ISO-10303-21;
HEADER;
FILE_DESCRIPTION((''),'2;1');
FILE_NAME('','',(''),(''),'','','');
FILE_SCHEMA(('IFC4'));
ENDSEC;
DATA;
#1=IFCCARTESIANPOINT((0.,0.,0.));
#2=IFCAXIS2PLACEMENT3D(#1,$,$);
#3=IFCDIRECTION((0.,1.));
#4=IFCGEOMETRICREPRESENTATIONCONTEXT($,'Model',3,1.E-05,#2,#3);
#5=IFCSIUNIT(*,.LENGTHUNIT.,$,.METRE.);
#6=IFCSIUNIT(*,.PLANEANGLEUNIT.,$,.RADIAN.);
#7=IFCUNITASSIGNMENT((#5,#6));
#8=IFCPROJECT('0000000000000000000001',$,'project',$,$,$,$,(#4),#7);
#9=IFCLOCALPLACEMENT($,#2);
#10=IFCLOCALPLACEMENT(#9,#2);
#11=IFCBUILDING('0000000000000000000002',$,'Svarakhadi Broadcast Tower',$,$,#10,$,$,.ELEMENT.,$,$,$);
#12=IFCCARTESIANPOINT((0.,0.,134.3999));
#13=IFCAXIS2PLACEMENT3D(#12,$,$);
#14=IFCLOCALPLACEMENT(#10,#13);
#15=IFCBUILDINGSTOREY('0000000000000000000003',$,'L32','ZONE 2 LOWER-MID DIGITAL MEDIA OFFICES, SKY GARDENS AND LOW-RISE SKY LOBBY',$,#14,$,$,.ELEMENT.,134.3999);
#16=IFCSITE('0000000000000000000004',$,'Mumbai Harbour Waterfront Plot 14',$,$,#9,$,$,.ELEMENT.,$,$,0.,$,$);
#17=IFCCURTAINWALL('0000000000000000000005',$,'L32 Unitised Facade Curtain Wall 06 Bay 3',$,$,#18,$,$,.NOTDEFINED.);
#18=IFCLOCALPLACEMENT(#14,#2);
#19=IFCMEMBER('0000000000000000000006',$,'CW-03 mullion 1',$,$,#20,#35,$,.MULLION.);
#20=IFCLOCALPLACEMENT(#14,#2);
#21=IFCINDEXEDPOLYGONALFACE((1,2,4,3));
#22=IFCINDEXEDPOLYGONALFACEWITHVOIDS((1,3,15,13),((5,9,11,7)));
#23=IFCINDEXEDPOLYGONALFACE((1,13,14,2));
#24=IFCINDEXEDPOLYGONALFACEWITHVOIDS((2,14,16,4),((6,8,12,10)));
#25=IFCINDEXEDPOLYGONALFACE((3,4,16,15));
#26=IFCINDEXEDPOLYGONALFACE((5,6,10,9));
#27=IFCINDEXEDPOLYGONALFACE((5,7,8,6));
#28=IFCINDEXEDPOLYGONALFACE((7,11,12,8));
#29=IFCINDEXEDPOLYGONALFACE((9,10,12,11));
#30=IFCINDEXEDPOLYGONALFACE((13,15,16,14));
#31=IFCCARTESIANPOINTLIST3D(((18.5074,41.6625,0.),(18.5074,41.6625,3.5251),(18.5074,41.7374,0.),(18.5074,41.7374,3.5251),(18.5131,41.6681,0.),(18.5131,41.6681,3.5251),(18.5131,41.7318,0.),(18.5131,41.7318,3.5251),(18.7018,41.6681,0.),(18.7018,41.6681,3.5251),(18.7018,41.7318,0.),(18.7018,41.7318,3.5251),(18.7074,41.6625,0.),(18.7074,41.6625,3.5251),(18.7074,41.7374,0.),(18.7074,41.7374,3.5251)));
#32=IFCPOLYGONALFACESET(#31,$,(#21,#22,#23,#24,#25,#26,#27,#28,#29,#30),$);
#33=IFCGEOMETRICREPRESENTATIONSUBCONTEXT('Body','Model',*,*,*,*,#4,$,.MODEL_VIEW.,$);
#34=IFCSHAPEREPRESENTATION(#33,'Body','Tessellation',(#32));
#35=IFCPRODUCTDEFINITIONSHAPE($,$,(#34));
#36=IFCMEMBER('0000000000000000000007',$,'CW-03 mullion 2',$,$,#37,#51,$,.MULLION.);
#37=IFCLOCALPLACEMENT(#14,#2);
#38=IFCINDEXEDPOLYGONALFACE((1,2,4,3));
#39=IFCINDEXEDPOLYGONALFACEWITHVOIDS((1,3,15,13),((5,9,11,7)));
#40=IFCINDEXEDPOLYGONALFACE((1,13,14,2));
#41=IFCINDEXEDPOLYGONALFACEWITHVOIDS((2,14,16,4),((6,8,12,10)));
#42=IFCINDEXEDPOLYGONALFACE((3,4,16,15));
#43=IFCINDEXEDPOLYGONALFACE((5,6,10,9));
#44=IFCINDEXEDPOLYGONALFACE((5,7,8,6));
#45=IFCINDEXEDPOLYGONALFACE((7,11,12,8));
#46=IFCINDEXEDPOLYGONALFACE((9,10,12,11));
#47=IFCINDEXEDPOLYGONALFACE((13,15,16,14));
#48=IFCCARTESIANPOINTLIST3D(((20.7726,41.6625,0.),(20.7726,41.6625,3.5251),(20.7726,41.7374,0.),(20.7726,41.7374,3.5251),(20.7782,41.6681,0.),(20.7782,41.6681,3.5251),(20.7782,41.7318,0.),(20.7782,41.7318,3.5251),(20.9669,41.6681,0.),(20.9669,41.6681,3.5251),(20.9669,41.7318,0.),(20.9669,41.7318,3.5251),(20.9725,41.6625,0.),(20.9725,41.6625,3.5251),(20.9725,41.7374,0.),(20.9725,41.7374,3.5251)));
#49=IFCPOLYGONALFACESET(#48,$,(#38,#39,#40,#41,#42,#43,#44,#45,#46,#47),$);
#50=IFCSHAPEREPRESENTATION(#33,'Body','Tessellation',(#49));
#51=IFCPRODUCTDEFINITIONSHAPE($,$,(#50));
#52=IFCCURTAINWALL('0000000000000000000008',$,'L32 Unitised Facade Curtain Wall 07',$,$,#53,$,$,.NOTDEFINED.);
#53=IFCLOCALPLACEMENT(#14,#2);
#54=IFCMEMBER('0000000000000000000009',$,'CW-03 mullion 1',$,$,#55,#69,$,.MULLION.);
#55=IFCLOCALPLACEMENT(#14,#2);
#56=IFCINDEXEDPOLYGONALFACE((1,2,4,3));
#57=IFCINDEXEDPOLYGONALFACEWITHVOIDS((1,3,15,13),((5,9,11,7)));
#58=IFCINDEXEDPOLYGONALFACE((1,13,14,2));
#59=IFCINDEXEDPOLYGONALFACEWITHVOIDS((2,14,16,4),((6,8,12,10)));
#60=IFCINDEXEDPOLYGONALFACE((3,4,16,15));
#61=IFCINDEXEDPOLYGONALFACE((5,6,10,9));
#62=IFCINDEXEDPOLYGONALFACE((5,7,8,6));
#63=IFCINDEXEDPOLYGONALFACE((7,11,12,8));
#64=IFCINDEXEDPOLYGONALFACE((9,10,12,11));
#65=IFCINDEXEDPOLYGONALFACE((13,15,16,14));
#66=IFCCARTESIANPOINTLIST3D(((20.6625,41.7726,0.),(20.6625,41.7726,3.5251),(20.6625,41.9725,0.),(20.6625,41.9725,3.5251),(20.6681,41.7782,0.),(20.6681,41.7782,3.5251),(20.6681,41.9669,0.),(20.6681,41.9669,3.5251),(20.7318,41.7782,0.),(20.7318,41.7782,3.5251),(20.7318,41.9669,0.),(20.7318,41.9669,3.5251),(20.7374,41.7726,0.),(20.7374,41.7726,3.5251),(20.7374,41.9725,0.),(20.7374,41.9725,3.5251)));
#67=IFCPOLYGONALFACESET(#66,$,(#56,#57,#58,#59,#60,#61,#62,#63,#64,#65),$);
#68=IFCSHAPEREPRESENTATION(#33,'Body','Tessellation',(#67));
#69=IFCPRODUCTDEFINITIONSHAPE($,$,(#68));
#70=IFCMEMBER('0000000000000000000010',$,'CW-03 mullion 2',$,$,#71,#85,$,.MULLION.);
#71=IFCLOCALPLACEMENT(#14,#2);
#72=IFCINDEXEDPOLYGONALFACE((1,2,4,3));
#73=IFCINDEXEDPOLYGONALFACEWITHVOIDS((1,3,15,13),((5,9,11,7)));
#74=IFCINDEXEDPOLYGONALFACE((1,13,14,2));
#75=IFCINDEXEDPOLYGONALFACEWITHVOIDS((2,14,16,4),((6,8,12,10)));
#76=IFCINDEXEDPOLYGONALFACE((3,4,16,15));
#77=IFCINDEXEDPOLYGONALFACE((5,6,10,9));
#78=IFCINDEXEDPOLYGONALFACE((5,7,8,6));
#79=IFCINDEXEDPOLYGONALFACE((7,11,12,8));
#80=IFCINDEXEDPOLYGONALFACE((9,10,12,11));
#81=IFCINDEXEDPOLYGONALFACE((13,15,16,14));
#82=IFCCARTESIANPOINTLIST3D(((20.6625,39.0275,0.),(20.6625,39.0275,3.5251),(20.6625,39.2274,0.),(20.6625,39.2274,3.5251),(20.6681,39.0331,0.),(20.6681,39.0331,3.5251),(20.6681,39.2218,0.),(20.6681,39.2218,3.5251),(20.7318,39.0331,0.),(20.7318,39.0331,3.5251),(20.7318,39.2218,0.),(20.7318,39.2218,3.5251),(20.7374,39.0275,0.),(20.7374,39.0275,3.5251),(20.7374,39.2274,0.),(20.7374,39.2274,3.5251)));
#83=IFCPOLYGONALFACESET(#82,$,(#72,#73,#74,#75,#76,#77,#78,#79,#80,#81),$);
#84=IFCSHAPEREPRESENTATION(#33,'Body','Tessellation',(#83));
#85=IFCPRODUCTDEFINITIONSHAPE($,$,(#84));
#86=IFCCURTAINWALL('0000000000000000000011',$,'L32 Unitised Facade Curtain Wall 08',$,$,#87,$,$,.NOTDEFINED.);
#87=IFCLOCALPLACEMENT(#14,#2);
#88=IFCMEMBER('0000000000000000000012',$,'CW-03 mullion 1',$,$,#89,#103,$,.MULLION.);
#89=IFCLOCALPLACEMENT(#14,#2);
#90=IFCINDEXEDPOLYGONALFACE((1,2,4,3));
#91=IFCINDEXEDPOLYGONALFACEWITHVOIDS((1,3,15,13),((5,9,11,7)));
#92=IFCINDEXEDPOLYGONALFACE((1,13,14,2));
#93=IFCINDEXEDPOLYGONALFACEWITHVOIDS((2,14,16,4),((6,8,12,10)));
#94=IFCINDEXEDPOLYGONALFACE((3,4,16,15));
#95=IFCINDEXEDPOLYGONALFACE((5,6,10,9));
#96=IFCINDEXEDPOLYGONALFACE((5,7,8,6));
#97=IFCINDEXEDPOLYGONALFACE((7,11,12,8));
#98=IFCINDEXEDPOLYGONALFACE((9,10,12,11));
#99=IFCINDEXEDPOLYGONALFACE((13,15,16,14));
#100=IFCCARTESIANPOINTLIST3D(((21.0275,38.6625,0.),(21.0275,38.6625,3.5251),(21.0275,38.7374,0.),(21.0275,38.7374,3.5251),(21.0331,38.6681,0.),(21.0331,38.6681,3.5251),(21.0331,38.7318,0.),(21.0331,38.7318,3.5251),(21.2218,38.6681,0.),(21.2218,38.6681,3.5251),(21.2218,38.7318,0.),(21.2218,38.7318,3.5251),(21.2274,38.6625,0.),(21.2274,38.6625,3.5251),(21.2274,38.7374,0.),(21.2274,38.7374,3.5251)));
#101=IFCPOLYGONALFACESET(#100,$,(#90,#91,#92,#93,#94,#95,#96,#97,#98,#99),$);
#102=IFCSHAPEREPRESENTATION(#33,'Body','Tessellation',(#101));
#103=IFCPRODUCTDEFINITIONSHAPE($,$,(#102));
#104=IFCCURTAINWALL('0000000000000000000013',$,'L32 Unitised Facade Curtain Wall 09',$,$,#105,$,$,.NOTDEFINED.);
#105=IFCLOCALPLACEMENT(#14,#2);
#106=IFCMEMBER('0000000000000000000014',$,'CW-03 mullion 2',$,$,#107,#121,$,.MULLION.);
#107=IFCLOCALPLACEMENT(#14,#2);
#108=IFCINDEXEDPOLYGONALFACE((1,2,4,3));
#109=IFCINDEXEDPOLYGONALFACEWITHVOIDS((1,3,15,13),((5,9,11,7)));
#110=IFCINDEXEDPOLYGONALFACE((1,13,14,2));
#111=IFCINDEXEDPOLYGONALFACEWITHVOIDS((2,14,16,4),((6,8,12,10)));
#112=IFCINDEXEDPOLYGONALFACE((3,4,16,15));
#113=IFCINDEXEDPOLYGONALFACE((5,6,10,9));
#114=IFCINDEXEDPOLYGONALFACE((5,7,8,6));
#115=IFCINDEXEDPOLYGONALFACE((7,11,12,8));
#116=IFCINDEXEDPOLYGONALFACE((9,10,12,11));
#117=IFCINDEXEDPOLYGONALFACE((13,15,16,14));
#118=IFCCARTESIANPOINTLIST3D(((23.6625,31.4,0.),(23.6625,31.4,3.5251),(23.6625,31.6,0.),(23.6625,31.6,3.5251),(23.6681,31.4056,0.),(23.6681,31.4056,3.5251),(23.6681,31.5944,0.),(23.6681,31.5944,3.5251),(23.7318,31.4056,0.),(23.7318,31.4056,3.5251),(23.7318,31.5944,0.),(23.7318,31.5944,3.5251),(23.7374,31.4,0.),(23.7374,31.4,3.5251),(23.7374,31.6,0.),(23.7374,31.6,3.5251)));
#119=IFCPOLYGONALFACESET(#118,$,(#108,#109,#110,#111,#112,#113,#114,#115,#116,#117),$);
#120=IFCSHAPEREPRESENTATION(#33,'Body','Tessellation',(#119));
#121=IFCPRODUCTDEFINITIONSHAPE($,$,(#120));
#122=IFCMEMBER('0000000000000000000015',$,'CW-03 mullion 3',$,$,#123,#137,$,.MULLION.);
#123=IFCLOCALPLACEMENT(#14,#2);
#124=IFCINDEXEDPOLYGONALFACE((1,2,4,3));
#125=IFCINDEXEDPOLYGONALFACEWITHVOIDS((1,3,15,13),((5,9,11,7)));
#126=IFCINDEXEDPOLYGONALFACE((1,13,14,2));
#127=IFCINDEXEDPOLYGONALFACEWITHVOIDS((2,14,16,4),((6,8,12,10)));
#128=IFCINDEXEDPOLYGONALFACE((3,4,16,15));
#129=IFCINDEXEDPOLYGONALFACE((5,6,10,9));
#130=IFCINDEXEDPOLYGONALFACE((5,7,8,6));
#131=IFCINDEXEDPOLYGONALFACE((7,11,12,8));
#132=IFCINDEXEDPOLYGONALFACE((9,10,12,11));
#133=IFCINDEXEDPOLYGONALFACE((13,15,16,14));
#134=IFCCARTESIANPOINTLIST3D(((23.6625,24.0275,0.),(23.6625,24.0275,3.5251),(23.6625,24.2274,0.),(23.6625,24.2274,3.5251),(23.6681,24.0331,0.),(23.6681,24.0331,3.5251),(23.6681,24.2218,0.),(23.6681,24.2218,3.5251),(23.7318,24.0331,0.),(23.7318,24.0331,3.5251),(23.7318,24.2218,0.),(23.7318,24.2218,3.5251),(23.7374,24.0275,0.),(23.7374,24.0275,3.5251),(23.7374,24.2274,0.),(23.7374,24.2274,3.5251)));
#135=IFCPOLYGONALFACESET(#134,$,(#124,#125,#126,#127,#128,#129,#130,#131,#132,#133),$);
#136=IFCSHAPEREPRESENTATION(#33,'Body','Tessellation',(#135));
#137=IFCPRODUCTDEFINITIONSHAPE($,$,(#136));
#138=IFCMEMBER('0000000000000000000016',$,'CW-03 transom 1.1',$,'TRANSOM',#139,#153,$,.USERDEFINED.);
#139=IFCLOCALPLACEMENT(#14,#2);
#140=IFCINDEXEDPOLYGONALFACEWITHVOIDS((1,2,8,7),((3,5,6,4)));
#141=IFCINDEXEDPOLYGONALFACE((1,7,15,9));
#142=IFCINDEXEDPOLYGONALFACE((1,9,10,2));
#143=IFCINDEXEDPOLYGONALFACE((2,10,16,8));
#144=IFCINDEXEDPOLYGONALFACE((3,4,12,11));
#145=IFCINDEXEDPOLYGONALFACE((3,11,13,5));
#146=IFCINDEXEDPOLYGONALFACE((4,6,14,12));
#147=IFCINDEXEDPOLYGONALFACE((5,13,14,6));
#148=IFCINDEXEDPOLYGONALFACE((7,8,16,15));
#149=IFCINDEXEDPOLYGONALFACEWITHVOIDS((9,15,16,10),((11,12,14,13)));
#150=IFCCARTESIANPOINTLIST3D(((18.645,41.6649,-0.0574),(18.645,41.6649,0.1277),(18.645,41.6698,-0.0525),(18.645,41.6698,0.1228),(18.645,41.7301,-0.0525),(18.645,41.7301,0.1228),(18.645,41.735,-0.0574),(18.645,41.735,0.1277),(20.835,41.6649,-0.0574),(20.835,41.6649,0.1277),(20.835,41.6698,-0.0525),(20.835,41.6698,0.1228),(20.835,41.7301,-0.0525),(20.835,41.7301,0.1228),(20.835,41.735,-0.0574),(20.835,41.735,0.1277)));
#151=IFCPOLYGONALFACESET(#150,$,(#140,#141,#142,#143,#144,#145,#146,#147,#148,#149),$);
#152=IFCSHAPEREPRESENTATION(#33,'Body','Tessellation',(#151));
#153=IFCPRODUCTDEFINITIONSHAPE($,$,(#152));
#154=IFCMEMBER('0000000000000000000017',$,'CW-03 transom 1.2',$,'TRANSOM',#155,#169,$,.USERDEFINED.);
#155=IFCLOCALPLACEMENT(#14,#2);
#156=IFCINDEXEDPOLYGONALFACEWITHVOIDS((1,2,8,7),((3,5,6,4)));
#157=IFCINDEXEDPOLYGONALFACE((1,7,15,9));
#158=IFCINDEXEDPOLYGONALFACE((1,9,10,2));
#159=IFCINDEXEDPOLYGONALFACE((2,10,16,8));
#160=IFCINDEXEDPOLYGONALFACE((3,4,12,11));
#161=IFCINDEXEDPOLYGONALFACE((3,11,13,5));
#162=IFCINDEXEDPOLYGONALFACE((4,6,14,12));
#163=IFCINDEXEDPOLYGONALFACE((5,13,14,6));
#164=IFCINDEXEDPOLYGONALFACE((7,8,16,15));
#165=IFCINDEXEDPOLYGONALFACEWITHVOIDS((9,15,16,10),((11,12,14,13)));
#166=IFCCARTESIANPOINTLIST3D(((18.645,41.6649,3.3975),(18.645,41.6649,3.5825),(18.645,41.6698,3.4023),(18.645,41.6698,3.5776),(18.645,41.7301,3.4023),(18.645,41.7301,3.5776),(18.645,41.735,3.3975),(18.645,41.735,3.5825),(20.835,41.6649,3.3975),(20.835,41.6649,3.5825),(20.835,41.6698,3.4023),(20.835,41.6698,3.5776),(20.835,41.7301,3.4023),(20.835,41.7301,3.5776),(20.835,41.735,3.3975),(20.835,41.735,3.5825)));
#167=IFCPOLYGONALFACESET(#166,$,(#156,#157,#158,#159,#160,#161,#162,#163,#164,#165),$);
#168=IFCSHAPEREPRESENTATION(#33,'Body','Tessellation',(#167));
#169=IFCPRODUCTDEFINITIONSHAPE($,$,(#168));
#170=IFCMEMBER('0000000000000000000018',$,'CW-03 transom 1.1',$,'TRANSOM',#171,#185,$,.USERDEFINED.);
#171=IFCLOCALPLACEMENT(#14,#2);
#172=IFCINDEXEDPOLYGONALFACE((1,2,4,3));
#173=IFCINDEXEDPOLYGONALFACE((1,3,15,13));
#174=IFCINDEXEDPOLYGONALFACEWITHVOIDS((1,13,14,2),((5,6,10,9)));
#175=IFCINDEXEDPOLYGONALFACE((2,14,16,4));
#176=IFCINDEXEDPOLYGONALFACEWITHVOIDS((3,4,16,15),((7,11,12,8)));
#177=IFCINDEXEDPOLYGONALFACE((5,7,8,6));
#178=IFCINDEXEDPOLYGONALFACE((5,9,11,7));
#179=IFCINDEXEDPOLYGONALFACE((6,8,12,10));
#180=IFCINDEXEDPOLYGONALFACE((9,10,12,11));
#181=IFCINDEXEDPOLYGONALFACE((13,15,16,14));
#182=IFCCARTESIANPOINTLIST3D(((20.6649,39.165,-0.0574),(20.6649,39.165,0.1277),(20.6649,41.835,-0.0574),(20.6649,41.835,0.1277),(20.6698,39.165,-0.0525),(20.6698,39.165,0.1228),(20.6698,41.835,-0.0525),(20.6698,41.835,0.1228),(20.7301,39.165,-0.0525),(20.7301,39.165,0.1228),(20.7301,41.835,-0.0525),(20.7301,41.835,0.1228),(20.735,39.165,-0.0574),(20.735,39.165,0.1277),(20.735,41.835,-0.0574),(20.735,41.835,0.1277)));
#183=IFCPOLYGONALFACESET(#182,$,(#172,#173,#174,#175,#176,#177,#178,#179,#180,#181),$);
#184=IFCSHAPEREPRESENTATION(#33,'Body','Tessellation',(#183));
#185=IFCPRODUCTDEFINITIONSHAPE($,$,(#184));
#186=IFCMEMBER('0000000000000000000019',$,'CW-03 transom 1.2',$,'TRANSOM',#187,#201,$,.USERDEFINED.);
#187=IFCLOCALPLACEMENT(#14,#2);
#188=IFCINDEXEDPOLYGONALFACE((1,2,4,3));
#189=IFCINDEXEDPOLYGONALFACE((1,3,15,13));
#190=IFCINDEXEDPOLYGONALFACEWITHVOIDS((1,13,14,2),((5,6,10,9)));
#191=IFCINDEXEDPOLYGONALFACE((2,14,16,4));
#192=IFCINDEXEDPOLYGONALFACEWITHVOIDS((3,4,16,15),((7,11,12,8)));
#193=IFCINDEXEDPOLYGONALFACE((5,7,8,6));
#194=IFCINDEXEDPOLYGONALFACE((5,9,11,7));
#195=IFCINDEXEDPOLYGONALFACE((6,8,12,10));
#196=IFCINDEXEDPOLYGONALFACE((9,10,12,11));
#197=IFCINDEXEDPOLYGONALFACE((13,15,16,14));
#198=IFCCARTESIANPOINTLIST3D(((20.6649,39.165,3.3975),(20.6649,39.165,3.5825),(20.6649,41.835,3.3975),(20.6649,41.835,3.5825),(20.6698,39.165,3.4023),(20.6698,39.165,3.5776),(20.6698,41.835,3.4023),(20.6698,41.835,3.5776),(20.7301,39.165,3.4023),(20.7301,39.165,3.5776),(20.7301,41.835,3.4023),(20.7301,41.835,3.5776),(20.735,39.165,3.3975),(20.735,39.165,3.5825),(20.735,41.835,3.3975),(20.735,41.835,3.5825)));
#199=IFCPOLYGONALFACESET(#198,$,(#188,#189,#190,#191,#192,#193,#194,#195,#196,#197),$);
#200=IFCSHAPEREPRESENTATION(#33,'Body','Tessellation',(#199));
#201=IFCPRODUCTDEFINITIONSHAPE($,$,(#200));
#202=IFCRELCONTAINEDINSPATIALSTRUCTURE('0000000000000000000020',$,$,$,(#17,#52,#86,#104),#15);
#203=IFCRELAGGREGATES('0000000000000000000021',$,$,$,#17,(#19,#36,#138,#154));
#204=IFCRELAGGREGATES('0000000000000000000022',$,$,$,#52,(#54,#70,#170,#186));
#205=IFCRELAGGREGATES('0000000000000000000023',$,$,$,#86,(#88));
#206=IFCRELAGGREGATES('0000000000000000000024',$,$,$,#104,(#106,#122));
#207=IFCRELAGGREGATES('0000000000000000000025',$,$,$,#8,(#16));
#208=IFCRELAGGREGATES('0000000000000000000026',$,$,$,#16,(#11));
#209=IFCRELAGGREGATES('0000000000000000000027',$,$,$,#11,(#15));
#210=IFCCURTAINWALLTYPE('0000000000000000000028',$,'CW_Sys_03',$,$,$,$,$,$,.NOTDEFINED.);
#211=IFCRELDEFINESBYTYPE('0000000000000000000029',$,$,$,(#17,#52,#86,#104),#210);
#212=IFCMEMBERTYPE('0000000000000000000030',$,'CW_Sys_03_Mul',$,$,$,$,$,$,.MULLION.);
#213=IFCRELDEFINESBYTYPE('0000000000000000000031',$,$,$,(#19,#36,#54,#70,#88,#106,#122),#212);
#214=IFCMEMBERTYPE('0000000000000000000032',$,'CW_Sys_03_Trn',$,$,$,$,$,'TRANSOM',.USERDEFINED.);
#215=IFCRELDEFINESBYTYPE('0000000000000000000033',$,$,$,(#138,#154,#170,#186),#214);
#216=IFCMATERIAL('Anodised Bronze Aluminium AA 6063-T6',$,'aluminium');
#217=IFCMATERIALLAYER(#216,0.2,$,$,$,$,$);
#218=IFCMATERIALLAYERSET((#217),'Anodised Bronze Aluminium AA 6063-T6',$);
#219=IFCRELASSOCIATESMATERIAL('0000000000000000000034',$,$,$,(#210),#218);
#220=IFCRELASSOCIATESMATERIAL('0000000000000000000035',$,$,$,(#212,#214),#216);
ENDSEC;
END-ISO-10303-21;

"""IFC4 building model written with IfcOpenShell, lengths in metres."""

from ifc_helpers import new_model, si_unit, direction, frame, origin, origin_2d, place, context, subcontext, project, spatial, hollow_rectangle, extrude, material, layer, layer_set, material_profile, profile_set, type_object, element, aggregate, save


model = new_model("IFC4")

# Units and contexts
model_context = context("Model", 3, precision=1e-05, world=origin(), true_north=direction((0.0, 1.0)))
body_context = subcontext(model_context, "Body", "Model", "MODEL_VIEW")
ifc_project = project(units=[si_unit("LENGTHUNIT", "METRE"), si_unit("PLANEANGLEUNIT", "RADIAN")], contexts=[model_context])

# Site, building, storey
site_placement = place(None, origin())
site = spatial("IfcSite", under=ifc_project, at=site_placement, Name="Mumbai Harbour Waterfront Plot 14", CompositionType="ELEMENT", RefElevation=0.0)
building_placement = place(site_placement, origin())
building = spatial("IfcBuilding", under=site, at=building_placement, Name="Svarakhadi Broadcast Tower", CompositionType="ELEMENT")
storey_placement = place(building_placement, frame((0.0, 0.0, 134.3999)))
storey = spatial("IfcBuildingStorey", under=building, at=storey_placement, Name="L32", Description="ZONE 2 LOWER-MID DIGITAL MEDIA OFFICES, SKY GARDENS AND LOW-RISE SKY LOBBY", CompositionType="ELEMENT", Elevation=134.3999)

# Curtain walls, members
ifc_material_1 = material(Name="Anodised Bronze Aluminium AA 6063-T6", Category="aluminium")
ifc_layer_1 = layer(ifc_material_1, 0.2)
ifc_layer_set_1 = layer_set([ifc_layer_1], Name="Anodised Bronze Aluminium AA 6063-T6")
curtain_wall_type = type_object("IfcCurtainWallType", Name="CW_Sys_03", PredefinedType="NOTDEFINED", material=ifc_layer_set_1)
curtain_wall_1_placement = place(storey_placement, origin())
curtain_wall_1 = element("IfcCurtainWall", 1, at=curtain_wall_1_placement, inside=storey, type_object=curtain_wall_type, Name="L32 Unitised Facade Curtain Wall 06 Bay 3", PredefinedType="NOTDEFINED")
ifc_material_profile_1 = material_profile(ifc_material_1, hollow_rectangle(XDim=0.075, YDim=0.2, WallThickness=0.0056, at=origin_2d()), Name="ALU MULLION 200x75x6")
ifc_profile_set_1 = profile_set([ifc_material_profile_1], Name="Anodised Bronze Aluminium AA 6063-T6")
member_type_1 = type_object("IfcMemberType", Name="CW_Sys_03_Mul", PredefinedType="MULLION", material=ifc_profile_set_1)
member_1_placement = place(storey_placement, frame((18.6074, 41.7, 0.0), z_axis=(0.0, 0.0, 1.0), x_axis=(0.0, 1.0, 0.0)))
member_1 = element("IfcMember", 2, at=member_1_placement, type_object=member_type_1, Name="CW-03 mullion 1", PredefinedType="MULLION", context=body_context, shape_type="SweptSolid", body=[
    extrude(hollow_rectangle(XDim=0.075, YDim=0.2, WallThickness=0.0056, at=origin_2d()), origin(), (0.0, 0.0, 1.0), 3.5251),
])
member_2_placement = place(storey_placement, frame((20.8726, 41.7, 0.0), z_axis=(0.0, 0.0, 1.0), x_axis=(0.0, 1.0, 0.0)))
member_2 = element("IfcMember", 3, at=member_2_placement, type_object=member_type_1, Name="CW-03 mullion 2", PredefinedType="MULLION", context=body_context, shape_type="SweptSolid", body=[
    extrude(hollow_rectangle(XDim=0.075, YDim=0.2, WallThickness=0.0056, at=origin_2d()), origin(), (0.0, 0.0, 1.0), 3.5251),
])
curtain_wall_2_placement = place(storey_placement, origin())
curtain_wall_2 = element("IfcCurtainWall", 4, at=curtain_wall_2_placement, inside=storey, type_object=curtain_wall_type, Name="L32 Unitised Facade Curtain Wall 07", PredefinedType="NOTDEFINED")
member_3_placement = place(storey_placement, frame((20.7, 41.8726, 0.0), z_axis=(0.0, 0.0, 1.0), x_axis=(1.0, 0.0, 0.0)))
member_3 = element("IfcMember", 5, at=member_3_placement, type_object=member_type_1, Name="CW-03 mullion 1", PredefinedType="MULLION", context=body_context, shape_type="SweptSolid", body=[
    extrude(hollow_rectangle(XDim=0.075, YDim=0.2, WallThickness=0.0056, at=origin_2d()), origin(), (0.0, 0.0, 1.0), 3.5251),
])
member_4_placement = place(storey_placement, frame((20.7, 39.1274, 0.0), z_axis=(0.0, 0.0, 1.0), x_axis=(1.0, 0.0, 0.0)))
member_4 = element("IfcMember", 6, at=member_4_placement, type_object=member_type_1, Name="CW-03 mullion 2", PredefinedType="MULLION", context=body_context, shape_type="SweptSolid", body=[
    extrude(hollow_rectangle(XDim=0.075, YDim=0.2, WallThickness=0.0056, at=origin_2d()), origin(), (0.0, 0.0, 1.0), 3.5251),
])

# Curtain wall, member
curtain_wall_3_placement = place(storey_placement, origin())
curtain_wall_3 = element("IfcCurtainWall", 7, at=curtain_wall_3_placement, inside=storey, type_object=curtain_wall_type, Name="L32 Unitised Facade Curtain Wall 08", PredefinedType="NOTDEFINED")
member_5_placement = place(storey_placement, frame((21.1274, 38.7, 0.0), z_axis=(0.0, 0.0, 1.0), x_axis=(0.0, 1.0, 0.0)))
member_5 = element("IfcMember", 8, at=member_5_placement, type_object=member_type_1, Name="CW-03 mullion 1", PredefinedType="MULLION", context=body_context, shape_type="SweptSolid", body=[
    extrude(hollow_rectangle(XDim=0.075, YDim=0.2, WallThickness=0.0056, at=origin_2d()), origin(), (0.0, 0.0, 1.0), 3.5251),
])

# Curtain wall, members
curtain_wall_4_placement = place(storey_placement, origin())
curtain_wall_4 = element("IfcCurtainWall", 9, at=curtain_wall_4_placement, inside=storey, type_object=curtain_wall_type, Name="L32 Unitised Facade Curtain Wall 09", PredefinedType="NOTDEFINED")
member_6_placement = place(storey_placement, frame((23.7, 31.5, 0.0), z_axis=(0.0, 0.0, 1.0), x_axis=(1.0, 0.0, 0.0)))
member_6 = element("IfcMember", 10, at=member_6_placement, type_object=member_type_1, Name="CW-03 mullion 2", PredefinedType="MULLION", context=body_context, shape_type="SweptSolid", body=[
    extrude(hollow_rectangle(XDim=0.075, YDim=0.2, WallThickness=0.0056, at=origin_2d()), origin(), (0.0, 0.0, 1.0), 3.5251),
])
member_7_placement = place(storey_placement, frame((23.7, 24.1274, 0.0), z_axis=(0.0, 0.0, 1.0), x_axis=(1.0, 0.0, 0.0)))
member_7 = element("IfcMember", 11, at=member_7_placement, type_object=member_type_1, Name="CW-03 mullion 3", PredefinedType="MULLION", context=body_context, shape_type="SweptSolid", body=[
    extrude(hollow_rectangle(XDim=0.075, YDim=0.2, WallThickness=0.0056, at=origin_2d()), origin(), (0.0, 0.0, 1.0), 3.5251),
])

# Members
ifc_material_profile_2 = material_profile(ifc_material_1, hollow_rectangle(XDim=0.0701, YDim=0.1851, WallThickness=0.0049, at=origin_2d()), Name="ALU TRANSOM 185x70x5")
ifc_profile_set_2 = profile_set([ifc_material_profile_2], Name="Anodised Bronze Aluminium AA 6063-T6")
member_type_2 = type_object("IfcMemberType", Name="CW_Sys_03_Trn", ElementType="TRANSOM", PredefinedType="USERDEFINED", material=ifc_profile_set_2)
member_8_placement = place(storey_placement, frame((18.645, 41.7, 0.0352), z_axis=(1.0, 0.0, 0.0), x_axis=(0.0, 1.0, 0.0)))
member_8 = element("IfcMember", 12, at=member_8_placement, type_object=member_type_2, Name="CW-03 transom 1.1", ObjectType="TRANSOM", PredefinedType="USERDEFINED", context=body_context, shape_type="SweptSolid", body=[
    extrude(hollow_rectangle(XDim=0.0701, YDim=0.1851, WallThickness=0.0049, at=origin_2d()), origin(), (0.0, 0.0, 1.0), 2.1899),
])
member_9_placement = place(storey_placement, frame((18.645, 41.7, 3.49), z_axis=(1.0, 0.0, 0.0), x_axis=(0.0, 1.0, 0.0)))
member_9 = element("IfcMember", 13, at=member_9_placement, type_object=member_type_2, Name="CW-03 transom 1.2", ObjectType="TRANSOM", PredefinedType="USERDEFINED", context=body_context, shape_type="SweptSolid", body=[
    extrude(hollow_rectangle(XDim=0.0701, YDim=0.1851, WallThickness=0.0049, at=origin_2d()), origin(), (0.0, 0.0, 1.0), 2.1899),
])
member_10_placement = place(storey_placement, frame((20.7, 41.835, 0.0352), z_axis=(0.0, -1.0, 0.0), x_axis=(1.0, 0.0, 0.0)))
member_10 = element("IfcMember", 14, at=member_10_placement, type_object=member_type_2, Name="CW-03 transom 1.1", ObjectType="TRANSOM", PredefinedType="USERDEFINED", context=body_context, shape_type="SweptSolid", body=[
    extrude(hollow_rectangle(XDim=0.0701, YDim=0.1851, WallThickness=0.0049, at=origin_2d()), origin(), (0.0, 0.0, 1.0), 2.6699),
])
member_11_placement = place(storey_placement, frame((20.7, 41.835, 3.49), z_axis=(0.0, -1.0, 0.0), x_axis=(1.0, 0.0, 0.0)))
member_11 = element("IfcMember", 15, at=member_11_placement, type_object=member_type_2, Name="CW-03 transom 1.2", ObjectType="TRANSOM", PredefinedType="USERDEFINED", context=body_context, shape_type="SweptSolid", body=[
    extrude(hollow_rectangle(XDim=0.0701, YDim=0.1851, WallThickness=0.0049, at=origin_2d()), origin(), (0.0, 0.0, 1.0), 2.6699),
])

aggregate(curtain_wall_1, [member_1, member_2, member_8, member_9])
aggregate(curtain_wall_2, [member_3, member_4, member_10, member_11])
aggregate(curtain_wall_3, [member_5])
aggregate(curtain_wall_4, [member_6, member_7])

save(model, "model.ifc")
